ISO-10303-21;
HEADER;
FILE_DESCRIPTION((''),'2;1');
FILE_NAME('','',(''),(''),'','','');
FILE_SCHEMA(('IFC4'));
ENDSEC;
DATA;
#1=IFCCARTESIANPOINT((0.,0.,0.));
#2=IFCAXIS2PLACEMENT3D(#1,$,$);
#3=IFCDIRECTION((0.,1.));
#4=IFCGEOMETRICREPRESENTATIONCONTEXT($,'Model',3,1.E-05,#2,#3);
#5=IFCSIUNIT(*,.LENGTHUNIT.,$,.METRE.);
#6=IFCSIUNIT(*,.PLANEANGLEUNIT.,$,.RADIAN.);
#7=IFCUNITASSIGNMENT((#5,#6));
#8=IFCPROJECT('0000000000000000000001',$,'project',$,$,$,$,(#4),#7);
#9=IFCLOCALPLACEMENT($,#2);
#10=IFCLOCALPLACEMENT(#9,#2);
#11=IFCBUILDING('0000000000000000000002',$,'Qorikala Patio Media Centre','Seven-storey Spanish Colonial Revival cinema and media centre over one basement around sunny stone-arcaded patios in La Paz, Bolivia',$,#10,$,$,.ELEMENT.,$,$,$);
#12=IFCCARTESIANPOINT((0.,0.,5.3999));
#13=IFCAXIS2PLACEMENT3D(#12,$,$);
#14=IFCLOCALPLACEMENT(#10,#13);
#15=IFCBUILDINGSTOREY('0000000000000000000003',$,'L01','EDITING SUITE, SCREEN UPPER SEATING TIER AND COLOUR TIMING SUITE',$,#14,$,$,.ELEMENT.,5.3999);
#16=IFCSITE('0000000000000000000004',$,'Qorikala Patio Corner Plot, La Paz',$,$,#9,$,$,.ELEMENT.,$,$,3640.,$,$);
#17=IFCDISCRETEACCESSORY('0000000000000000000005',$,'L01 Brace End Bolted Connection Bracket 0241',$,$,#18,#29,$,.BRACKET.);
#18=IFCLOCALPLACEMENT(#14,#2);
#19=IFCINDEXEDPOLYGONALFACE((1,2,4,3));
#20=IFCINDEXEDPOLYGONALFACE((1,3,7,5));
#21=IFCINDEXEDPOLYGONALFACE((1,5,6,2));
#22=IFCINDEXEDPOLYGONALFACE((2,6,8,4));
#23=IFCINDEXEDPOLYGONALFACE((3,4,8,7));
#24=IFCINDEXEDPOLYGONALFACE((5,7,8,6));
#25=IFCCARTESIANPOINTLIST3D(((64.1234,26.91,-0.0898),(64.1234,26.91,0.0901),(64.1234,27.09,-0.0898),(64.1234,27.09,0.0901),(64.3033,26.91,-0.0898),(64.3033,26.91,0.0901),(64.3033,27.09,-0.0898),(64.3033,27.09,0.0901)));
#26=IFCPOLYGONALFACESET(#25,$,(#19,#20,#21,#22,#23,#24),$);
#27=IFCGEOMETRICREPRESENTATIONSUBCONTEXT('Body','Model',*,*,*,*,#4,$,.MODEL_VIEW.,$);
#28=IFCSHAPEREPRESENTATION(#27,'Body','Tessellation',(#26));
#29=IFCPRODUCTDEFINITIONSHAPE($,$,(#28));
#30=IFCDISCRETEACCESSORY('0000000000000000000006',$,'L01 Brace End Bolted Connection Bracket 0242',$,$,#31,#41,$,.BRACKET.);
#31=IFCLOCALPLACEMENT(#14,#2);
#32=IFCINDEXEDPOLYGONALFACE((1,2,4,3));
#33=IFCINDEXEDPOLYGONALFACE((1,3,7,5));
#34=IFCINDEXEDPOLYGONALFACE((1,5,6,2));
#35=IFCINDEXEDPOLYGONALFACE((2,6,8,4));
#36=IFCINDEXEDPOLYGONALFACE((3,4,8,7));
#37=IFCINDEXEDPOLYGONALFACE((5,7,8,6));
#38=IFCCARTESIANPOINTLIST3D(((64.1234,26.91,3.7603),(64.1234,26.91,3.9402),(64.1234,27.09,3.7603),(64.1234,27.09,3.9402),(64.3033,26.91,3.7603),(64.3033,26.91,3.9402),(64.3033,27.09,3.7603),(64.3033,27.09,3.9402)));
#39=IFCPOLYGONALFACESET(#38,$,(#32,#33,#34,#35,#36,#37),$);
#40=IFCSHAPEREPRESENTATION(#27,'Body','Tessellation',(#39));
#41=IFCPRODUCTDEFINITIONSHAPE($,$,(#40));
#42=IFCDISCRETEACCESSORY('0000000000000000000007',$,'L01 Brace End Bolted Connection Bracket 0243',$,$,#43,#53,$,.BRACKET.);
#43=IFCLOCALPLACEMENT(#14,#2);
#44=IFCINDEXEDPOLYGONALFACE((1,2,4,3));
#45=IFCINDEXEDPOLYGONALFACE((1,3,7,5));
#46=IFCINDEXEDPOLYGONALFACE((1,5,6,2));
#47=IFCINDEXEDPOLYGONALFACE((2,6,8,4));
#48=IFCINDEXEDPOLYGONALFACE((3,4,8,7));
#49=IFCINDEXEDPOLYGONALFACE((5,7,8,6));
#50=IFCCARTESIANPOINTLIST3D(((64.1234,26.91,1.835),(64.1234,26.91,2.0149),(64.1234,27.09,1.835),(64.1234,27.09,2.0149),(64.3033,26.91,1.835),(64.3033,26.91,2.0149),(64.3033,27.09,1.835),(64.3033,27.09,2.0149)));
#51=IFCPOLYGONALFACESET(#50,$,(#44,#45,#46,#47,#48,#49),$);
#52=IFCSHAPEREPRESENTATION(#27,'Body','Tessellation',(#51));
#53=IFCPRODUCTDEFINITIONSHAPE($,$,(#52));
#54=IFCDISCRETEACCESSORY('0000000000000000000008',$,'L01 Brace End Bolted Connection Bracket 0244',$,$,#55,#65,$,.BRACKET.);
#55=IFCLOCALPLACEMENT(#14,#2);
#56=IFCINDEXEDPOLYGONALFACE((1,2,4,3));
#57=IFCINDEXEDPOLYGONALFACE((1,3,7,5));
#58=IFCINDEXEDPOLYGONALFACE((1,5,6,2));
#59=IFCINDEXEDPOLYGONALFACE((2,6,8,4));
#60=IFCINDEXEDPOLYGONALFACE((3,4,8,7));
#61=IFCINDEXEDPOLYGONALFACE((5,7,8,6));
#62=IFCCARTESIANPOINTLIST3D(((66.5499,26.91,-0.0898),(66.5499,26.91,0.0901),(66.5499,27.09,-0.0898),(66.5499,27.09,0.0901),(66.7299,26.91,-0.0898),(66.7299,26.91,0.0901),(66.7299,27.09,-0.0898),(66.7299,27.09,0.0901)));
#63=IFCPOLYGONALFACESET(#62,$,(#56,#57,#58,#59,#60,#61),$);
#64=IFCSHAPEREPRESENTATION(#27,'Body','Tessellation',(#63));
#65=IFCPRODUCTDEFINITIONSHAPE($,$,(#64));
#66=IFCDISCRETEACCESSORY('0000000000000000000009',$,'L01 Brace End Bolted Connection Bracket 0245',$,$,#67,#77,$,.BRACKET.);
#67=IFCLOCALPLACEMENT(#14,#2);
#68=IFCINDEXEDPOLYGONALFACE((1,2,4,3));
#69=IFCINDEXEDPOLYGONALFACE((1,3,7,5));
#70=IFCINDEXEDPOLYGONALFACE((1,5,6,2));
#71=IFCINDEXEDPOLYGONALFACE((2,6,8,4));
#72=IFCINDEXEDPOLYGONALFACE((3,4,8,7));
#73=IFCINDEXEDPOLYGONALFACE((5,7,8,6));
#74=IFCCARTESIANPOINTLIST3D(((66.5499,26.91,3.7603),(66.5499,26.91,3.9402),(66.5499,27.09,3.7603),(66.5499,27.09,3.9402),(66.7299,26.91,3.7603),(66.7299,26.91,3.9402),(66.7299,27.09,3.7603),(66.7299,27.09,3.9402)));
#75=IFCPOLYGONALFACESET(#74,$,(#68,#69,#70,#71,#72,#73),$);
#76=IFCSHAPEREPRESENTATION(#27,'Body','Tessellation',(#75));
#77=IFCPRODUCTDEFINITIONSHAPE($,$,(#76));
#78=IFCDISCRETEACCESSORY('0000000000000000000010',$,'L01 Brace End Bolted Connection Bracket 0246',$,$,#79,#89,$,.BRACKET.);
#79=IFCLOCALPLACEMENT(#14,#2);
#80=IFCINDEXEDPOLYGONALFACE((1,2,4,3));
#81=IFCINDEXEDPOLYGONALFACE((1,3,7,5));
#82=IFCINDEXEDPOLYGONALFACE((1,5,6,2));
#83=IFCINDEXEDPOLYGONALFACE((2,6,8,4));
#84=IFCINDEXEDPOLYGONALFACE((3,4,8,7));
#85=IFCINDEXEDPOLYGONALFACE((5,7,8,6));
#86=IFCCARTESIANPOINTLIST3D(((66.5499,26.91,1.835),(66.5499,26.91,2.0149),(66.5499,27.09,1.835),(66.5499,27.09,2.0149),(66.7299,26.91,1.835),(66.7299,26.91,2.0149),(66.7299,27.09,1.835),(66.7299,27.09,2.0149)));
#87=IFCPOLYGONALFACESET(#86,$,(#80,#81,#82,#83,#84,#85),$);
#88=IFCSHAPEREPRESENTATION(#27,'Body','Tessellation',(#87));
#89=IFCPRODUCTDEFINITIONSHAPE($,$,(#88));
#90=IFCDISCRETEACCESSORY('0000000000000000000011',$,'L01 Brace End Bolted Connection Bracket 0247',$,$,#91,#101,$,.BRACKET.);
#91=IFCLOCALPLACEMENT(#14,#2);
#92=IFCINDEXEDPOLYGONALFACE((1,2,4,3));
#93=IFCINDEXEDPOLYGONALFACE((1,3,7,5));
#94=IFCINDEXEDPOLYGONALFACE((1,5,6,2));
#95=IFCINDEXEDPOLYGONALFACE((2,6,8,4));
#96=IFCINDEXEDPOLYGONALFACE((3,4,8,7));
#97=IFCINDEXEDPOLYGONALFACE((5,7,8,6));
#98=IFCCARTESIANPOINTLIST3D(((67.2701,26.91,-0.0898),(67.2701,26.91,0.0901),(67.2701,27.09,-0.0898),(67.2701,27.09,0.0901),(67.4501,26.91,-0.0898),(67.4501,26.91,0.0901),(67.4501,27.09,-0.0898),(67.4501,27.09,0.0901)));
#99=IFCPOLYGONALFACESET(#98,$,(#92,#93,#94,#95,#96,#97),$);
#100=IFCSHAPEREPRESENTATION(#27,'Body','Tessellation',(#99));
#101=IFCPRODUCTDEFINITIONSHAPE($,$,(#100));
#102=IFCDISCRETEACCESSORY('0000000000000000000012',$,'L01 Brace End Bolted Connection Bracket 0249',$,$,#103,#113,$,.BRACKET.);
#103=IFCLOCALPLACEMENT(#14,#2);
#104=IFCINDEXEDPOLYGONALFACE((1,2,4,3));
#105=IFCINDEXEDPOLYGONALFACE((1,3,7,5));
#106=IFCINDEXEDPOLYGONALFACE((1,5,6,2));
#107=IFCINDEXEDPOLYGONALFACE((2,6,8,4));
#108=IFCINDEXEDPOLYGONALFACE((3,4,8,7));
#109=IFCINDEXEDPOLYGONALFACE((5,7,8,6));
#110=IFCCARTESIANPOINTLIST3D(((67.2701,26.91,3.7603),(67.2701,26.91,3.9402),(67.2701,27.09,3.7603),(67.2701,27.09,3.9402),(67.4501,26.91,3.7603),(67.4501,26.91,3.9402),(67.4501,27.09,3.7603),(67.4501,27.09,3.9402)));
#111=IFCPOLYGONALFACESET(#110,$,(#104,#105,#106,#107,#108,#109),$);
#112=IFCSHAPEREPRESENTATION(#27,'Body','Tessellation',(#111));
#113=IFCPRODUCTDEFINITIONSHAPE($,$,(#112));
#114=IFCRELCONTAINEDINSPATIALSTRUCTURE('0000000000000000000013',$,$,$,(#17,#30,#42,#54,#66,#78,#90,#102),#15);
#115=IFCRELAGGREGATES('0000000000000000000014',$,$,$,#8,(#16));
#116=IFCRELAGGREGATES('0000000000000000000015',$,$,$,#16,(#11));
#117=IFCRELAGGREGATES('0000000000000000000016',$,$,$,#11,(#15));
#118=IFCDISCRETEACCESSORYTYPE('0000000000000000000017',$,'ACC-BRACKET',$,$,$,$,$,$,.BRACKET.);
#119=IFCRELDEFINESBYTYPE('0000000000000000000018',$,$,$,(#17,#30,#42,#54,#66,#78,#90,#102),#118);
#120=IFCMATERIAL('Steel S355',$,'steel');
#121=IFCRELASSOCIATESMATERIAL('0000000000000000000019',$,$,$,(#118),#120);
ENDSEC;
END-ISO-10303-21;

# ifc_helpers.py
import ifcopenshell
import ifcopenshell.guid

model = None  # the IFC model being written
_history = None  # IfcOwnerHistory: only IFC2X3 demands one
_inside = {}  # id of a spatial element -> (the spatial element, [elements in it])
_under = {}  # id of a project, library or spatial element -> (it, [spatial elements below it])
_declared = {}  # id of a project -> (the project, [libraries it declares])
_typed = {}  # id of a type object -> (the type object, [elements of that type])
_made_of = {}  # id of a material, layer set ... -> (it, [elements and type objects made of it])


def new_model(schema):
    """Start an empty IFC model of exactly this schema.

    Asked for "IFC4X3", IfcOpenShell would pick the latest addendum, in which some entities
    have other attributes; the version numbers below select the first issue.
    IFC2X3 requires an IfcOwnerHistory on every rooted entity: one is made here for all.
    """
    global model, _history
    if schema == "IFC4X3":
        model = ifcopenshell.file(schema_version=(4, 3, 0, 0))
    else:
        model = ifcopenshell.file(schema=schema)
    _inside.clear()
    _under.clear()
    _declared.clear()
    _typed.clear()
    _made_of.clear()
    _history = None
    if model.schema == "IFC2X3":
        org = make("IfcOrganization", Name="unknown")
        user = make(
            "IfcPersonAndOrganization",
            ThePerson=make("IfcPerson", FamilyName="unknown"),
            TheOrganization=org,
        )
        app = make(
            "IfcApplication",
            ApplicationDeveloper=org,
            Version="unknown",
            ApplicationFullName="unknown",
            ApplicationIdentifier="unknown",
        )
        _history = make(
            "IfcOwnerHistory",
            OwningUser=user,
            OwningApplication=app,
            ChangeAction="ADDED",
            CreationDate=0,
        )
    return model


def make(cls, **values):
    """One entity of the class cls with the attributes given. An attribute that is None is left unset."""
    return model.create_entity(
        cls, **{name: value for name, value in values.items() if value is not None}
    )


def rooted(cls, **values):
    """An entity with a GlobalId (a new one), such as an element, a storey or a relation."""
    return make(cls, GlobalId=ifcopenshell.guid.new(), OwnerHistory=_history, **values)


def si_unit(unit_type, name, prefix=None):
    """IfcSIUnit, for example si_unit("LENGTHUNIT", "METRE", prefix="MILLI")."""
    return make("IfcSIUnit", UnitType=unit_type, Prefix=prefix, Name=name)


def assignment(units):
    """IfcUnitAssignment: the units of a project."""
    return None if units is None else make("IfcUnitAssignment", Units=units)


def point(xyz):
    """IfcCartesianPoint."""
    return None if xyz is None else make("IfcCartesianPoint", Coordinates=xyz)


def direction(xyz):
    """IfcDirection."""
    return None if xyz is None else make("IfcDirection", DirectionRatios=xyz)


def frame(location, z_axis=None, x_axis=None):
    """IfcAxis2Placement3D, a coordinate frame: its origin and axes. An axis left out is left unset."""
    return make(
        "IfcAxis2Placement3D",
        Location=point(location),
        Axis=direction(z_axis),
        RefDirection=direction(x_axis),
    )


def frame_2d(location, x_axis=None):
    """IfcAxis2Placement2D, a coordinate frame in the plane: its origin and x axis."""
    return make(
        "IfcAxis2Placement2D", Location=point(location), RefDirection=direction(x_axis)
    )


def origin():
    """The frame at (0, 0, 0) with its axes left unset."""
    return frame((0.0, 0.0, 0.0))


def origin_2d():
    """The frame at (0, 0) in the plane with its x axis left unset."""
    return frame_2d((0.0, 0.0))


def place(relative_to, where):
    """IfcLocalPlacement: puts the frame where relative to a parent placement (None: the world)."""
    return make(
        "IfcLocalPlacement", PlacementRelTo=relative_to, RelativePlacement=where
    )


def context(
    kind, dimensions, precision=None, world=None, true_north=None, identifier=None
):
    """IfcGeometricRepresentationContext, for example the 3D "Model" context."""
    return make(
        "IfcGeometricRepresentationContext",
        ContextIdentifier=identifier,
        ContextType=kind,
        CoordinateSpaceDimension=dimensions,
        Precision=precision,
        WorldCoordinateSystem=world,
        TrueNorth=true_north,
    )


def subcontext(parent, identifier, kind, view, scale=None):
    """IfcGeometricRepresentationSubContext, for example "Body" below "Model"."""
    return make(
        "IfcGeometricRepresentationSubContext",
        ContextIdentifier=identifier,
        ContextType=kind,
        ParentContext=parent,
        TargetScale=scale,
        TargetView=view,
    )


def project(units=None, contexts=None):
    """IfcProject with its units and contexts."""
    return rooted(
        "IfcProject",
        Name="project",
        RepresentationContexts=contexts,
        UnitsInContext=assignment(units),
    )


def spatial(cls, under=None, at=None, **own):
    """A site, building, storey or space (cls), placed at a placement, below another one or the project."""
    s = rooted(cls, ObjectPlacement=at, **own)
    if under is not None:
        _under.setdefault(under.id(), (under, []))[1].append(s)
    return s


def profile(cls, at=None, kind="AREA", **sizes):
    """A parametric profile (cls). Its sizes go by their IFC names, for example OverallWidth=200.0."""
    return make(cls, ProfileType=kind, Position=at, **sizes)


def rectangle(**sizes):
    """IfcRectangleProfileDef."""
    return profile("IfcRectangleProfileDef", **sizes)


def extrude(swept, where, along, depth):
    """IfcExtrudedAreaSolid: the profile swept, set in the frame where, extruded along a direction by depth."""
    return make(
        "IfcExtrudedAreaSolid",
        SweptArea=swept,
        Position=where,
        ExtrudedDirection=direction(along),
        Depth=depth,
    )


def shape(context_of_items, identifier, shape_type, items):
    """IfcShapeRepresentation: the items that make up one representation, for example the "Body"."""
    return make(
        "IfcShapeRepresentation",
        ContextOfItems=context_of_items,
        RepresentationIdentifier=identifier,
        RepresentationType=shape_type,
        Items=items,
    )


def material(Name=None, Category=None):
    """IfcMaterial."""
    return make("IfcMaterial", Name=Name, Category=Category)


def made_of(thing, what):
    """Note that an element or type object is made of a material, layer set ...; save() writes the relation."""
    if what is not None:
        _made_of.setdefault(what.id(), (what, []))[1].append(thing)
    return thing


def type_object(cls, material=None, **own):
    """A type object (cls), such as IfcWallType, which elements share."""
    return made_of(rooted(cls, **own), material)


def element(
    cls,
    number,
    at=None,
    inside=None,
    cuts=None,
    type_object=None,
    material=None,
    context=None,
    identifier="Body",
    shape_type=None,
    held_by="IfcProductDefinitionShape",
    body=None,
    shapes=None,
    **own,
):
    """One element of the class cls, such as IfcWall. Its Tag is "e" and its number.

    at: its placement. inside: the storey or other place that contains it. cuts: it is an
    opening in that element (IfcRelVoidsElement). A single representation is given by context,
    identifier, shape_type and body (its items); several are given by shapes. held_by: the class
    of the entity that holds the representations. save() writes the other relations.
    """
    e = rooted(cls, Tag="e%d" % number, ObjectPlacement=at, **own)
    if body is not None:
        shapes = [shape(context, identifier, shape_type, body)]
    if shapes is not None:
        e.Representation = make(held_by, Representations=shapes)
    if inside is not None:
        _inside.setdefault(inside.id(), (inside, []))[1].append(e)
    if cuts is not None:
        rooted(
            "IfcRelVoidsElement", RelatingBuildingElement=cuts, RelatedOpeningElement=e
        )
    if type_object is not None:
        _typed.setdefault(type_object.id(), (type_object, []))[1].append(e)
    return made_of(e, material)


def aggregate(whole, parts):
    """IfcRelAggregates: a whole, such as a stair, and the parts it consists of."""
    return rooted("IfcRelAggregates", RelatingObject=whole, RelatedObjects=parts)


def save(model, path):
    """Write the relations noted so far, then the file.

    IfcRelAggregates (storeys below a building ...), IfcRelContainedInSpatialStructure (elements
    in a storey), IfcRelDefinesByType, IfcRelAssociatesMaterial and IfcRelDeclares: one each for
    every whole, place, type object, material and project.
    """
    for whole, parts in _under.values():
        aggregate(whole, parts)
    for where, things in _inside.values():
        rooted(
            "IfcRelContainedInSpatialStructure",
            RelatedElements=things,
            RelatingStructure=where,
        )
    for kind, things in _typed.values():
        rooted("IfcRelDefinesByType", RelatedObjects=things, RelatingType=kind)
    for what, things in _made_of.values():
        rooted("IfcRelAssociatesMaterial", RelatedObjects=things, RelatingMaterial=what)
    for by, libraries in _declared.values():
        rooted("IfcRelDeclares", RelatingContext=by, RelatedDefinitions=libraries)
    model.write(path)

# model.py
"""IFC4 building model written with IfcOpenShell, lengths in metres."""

from ifc_helpers import new_model, si_unit, direction, frame, origin, origin_2d, place, context, subcontext, project, spatial, rectangle, extrude, material, type_object, element, save


model = new_model("IFC4")

# Units and contexts
model_context = context("Model", 3, precision=1e-05, world=origin(), true_north=direction((0.0, 1.0)))
body_context = subcontext(model_context, "Body", "Model", "MODEL_VIEW")
ifc_project = project(units=[si_unit("LENGTHUNIT", "METRE"), si_unit("PLANEANGLEUNIT", "RADIAN")], contexts=[model_context])

# Site, building, storey
site_placement = place(None, origin())
site = spatial("IfcSite", under=ifc_project, at=site_placement, Name="Qorikala Patio Corner Plot, La Paz", CompositionType="ELEMENT", RefElevation=3640.0)
building_placement = place(site_placement, origin())
building = spatial("IfcBuilding", under=site, at=building_placement, Name="Qorikala Patio Media Centre", Description="Seven-storey Spanish Colonial Revival cinema and media centre over one basement around sunny stone-arcaded patios in La Paz, Bolivia", CompositionType="ELEMENT")
storey_placement = place(building_placement, frame((0.0, 0.0, 5.3999)))
storey = spatial("IfcBuildingStorey", under=building, at=storey_placement, Name="L01", Description="EDITING SUITE, SCREEN UPPER SEATING TIER AND COLOUR TIMING SUITE", CompositionType="ELEMENT", Elevation=5.3999)

# Discrete accessories
ifc_material_1 = material(Name="Steel S355", Category="steel")
discrete_accessory_type = type_object("IfcDiscreteAccessoryType", Name="ACC-BRACKET", PredefinedType="BRACKET", material=ifc_material_1)
for number, where, z_axis, x_axis, name in (
    (1, (64.2134, 27.0, -0.0898), (0.0, 0.0, 1.0), (1.0, 0.0, 0.0), "L01 Brace End Bolted Connection Bracket 0241"),
    (2, (64.2134, 27.0, 3.7603), (0.0, 0.0, 1.0), (1.0, 0.0, 0.0), "L01 Brace End Bolted Connection Bracket 0242"),
    (3, (64.2134, 27.0, 1.835), (0.0, 0.0, 1.0), (1.0, 0.0, 0.0), "L01 Brace End Bolted Connection Bracket 0243"),
    (4, (66.6399, 27.0, -0.0898), (0.0, 0.0, 1.0), (1.0, 0.0, 0.0), "L01 Brace End Bolted Connection Bracket 0244"),
    (5, (66.6399, 27.0, 3.7603), (0.0, 0.0, 1.0), (1.0, 0.0, 0.0), "L01 Brace End Bolted Connection Bracket 0245"),
    (6, (66.6399, 27.0, 1.835), (0.0, 0.0, 1.0), (1.0, 0.0, 0.0), "L01 Brace End Bolted Connection Bracket 0246"),
    (7, (67.3601, 27.0, -0.0898), (0.0, 0.0, 1.0), (1.0, 0.0, 0.0), "L01 Brace End Bolted Connection Bracket 0247"),
    (8, (67.3601, 27.0, 3.7603), (0.0, 0.0, 1.0), (1.0, 0.0, 0.0), "L01 Brace End Bolted Connection Bracket 0249"),
):
    element("IfcDiscreteAccessory", number, at=place(storey_placement, frame(where, z_axis=z_axis, x_axis=x_axis)), inside=storey, type_object=discrete_accessory_type, Name=name, PredefinedType="BRACKET", context=body_context, shape_type="SweptSolid", body=[
        extrude(rectangle(XDim=0.1799, YDim=0.1799, at=origin_2d()), origin(), (0.0, 0.0, 1.0), 0.1799),
    ])

save(model, "model.ifc")
